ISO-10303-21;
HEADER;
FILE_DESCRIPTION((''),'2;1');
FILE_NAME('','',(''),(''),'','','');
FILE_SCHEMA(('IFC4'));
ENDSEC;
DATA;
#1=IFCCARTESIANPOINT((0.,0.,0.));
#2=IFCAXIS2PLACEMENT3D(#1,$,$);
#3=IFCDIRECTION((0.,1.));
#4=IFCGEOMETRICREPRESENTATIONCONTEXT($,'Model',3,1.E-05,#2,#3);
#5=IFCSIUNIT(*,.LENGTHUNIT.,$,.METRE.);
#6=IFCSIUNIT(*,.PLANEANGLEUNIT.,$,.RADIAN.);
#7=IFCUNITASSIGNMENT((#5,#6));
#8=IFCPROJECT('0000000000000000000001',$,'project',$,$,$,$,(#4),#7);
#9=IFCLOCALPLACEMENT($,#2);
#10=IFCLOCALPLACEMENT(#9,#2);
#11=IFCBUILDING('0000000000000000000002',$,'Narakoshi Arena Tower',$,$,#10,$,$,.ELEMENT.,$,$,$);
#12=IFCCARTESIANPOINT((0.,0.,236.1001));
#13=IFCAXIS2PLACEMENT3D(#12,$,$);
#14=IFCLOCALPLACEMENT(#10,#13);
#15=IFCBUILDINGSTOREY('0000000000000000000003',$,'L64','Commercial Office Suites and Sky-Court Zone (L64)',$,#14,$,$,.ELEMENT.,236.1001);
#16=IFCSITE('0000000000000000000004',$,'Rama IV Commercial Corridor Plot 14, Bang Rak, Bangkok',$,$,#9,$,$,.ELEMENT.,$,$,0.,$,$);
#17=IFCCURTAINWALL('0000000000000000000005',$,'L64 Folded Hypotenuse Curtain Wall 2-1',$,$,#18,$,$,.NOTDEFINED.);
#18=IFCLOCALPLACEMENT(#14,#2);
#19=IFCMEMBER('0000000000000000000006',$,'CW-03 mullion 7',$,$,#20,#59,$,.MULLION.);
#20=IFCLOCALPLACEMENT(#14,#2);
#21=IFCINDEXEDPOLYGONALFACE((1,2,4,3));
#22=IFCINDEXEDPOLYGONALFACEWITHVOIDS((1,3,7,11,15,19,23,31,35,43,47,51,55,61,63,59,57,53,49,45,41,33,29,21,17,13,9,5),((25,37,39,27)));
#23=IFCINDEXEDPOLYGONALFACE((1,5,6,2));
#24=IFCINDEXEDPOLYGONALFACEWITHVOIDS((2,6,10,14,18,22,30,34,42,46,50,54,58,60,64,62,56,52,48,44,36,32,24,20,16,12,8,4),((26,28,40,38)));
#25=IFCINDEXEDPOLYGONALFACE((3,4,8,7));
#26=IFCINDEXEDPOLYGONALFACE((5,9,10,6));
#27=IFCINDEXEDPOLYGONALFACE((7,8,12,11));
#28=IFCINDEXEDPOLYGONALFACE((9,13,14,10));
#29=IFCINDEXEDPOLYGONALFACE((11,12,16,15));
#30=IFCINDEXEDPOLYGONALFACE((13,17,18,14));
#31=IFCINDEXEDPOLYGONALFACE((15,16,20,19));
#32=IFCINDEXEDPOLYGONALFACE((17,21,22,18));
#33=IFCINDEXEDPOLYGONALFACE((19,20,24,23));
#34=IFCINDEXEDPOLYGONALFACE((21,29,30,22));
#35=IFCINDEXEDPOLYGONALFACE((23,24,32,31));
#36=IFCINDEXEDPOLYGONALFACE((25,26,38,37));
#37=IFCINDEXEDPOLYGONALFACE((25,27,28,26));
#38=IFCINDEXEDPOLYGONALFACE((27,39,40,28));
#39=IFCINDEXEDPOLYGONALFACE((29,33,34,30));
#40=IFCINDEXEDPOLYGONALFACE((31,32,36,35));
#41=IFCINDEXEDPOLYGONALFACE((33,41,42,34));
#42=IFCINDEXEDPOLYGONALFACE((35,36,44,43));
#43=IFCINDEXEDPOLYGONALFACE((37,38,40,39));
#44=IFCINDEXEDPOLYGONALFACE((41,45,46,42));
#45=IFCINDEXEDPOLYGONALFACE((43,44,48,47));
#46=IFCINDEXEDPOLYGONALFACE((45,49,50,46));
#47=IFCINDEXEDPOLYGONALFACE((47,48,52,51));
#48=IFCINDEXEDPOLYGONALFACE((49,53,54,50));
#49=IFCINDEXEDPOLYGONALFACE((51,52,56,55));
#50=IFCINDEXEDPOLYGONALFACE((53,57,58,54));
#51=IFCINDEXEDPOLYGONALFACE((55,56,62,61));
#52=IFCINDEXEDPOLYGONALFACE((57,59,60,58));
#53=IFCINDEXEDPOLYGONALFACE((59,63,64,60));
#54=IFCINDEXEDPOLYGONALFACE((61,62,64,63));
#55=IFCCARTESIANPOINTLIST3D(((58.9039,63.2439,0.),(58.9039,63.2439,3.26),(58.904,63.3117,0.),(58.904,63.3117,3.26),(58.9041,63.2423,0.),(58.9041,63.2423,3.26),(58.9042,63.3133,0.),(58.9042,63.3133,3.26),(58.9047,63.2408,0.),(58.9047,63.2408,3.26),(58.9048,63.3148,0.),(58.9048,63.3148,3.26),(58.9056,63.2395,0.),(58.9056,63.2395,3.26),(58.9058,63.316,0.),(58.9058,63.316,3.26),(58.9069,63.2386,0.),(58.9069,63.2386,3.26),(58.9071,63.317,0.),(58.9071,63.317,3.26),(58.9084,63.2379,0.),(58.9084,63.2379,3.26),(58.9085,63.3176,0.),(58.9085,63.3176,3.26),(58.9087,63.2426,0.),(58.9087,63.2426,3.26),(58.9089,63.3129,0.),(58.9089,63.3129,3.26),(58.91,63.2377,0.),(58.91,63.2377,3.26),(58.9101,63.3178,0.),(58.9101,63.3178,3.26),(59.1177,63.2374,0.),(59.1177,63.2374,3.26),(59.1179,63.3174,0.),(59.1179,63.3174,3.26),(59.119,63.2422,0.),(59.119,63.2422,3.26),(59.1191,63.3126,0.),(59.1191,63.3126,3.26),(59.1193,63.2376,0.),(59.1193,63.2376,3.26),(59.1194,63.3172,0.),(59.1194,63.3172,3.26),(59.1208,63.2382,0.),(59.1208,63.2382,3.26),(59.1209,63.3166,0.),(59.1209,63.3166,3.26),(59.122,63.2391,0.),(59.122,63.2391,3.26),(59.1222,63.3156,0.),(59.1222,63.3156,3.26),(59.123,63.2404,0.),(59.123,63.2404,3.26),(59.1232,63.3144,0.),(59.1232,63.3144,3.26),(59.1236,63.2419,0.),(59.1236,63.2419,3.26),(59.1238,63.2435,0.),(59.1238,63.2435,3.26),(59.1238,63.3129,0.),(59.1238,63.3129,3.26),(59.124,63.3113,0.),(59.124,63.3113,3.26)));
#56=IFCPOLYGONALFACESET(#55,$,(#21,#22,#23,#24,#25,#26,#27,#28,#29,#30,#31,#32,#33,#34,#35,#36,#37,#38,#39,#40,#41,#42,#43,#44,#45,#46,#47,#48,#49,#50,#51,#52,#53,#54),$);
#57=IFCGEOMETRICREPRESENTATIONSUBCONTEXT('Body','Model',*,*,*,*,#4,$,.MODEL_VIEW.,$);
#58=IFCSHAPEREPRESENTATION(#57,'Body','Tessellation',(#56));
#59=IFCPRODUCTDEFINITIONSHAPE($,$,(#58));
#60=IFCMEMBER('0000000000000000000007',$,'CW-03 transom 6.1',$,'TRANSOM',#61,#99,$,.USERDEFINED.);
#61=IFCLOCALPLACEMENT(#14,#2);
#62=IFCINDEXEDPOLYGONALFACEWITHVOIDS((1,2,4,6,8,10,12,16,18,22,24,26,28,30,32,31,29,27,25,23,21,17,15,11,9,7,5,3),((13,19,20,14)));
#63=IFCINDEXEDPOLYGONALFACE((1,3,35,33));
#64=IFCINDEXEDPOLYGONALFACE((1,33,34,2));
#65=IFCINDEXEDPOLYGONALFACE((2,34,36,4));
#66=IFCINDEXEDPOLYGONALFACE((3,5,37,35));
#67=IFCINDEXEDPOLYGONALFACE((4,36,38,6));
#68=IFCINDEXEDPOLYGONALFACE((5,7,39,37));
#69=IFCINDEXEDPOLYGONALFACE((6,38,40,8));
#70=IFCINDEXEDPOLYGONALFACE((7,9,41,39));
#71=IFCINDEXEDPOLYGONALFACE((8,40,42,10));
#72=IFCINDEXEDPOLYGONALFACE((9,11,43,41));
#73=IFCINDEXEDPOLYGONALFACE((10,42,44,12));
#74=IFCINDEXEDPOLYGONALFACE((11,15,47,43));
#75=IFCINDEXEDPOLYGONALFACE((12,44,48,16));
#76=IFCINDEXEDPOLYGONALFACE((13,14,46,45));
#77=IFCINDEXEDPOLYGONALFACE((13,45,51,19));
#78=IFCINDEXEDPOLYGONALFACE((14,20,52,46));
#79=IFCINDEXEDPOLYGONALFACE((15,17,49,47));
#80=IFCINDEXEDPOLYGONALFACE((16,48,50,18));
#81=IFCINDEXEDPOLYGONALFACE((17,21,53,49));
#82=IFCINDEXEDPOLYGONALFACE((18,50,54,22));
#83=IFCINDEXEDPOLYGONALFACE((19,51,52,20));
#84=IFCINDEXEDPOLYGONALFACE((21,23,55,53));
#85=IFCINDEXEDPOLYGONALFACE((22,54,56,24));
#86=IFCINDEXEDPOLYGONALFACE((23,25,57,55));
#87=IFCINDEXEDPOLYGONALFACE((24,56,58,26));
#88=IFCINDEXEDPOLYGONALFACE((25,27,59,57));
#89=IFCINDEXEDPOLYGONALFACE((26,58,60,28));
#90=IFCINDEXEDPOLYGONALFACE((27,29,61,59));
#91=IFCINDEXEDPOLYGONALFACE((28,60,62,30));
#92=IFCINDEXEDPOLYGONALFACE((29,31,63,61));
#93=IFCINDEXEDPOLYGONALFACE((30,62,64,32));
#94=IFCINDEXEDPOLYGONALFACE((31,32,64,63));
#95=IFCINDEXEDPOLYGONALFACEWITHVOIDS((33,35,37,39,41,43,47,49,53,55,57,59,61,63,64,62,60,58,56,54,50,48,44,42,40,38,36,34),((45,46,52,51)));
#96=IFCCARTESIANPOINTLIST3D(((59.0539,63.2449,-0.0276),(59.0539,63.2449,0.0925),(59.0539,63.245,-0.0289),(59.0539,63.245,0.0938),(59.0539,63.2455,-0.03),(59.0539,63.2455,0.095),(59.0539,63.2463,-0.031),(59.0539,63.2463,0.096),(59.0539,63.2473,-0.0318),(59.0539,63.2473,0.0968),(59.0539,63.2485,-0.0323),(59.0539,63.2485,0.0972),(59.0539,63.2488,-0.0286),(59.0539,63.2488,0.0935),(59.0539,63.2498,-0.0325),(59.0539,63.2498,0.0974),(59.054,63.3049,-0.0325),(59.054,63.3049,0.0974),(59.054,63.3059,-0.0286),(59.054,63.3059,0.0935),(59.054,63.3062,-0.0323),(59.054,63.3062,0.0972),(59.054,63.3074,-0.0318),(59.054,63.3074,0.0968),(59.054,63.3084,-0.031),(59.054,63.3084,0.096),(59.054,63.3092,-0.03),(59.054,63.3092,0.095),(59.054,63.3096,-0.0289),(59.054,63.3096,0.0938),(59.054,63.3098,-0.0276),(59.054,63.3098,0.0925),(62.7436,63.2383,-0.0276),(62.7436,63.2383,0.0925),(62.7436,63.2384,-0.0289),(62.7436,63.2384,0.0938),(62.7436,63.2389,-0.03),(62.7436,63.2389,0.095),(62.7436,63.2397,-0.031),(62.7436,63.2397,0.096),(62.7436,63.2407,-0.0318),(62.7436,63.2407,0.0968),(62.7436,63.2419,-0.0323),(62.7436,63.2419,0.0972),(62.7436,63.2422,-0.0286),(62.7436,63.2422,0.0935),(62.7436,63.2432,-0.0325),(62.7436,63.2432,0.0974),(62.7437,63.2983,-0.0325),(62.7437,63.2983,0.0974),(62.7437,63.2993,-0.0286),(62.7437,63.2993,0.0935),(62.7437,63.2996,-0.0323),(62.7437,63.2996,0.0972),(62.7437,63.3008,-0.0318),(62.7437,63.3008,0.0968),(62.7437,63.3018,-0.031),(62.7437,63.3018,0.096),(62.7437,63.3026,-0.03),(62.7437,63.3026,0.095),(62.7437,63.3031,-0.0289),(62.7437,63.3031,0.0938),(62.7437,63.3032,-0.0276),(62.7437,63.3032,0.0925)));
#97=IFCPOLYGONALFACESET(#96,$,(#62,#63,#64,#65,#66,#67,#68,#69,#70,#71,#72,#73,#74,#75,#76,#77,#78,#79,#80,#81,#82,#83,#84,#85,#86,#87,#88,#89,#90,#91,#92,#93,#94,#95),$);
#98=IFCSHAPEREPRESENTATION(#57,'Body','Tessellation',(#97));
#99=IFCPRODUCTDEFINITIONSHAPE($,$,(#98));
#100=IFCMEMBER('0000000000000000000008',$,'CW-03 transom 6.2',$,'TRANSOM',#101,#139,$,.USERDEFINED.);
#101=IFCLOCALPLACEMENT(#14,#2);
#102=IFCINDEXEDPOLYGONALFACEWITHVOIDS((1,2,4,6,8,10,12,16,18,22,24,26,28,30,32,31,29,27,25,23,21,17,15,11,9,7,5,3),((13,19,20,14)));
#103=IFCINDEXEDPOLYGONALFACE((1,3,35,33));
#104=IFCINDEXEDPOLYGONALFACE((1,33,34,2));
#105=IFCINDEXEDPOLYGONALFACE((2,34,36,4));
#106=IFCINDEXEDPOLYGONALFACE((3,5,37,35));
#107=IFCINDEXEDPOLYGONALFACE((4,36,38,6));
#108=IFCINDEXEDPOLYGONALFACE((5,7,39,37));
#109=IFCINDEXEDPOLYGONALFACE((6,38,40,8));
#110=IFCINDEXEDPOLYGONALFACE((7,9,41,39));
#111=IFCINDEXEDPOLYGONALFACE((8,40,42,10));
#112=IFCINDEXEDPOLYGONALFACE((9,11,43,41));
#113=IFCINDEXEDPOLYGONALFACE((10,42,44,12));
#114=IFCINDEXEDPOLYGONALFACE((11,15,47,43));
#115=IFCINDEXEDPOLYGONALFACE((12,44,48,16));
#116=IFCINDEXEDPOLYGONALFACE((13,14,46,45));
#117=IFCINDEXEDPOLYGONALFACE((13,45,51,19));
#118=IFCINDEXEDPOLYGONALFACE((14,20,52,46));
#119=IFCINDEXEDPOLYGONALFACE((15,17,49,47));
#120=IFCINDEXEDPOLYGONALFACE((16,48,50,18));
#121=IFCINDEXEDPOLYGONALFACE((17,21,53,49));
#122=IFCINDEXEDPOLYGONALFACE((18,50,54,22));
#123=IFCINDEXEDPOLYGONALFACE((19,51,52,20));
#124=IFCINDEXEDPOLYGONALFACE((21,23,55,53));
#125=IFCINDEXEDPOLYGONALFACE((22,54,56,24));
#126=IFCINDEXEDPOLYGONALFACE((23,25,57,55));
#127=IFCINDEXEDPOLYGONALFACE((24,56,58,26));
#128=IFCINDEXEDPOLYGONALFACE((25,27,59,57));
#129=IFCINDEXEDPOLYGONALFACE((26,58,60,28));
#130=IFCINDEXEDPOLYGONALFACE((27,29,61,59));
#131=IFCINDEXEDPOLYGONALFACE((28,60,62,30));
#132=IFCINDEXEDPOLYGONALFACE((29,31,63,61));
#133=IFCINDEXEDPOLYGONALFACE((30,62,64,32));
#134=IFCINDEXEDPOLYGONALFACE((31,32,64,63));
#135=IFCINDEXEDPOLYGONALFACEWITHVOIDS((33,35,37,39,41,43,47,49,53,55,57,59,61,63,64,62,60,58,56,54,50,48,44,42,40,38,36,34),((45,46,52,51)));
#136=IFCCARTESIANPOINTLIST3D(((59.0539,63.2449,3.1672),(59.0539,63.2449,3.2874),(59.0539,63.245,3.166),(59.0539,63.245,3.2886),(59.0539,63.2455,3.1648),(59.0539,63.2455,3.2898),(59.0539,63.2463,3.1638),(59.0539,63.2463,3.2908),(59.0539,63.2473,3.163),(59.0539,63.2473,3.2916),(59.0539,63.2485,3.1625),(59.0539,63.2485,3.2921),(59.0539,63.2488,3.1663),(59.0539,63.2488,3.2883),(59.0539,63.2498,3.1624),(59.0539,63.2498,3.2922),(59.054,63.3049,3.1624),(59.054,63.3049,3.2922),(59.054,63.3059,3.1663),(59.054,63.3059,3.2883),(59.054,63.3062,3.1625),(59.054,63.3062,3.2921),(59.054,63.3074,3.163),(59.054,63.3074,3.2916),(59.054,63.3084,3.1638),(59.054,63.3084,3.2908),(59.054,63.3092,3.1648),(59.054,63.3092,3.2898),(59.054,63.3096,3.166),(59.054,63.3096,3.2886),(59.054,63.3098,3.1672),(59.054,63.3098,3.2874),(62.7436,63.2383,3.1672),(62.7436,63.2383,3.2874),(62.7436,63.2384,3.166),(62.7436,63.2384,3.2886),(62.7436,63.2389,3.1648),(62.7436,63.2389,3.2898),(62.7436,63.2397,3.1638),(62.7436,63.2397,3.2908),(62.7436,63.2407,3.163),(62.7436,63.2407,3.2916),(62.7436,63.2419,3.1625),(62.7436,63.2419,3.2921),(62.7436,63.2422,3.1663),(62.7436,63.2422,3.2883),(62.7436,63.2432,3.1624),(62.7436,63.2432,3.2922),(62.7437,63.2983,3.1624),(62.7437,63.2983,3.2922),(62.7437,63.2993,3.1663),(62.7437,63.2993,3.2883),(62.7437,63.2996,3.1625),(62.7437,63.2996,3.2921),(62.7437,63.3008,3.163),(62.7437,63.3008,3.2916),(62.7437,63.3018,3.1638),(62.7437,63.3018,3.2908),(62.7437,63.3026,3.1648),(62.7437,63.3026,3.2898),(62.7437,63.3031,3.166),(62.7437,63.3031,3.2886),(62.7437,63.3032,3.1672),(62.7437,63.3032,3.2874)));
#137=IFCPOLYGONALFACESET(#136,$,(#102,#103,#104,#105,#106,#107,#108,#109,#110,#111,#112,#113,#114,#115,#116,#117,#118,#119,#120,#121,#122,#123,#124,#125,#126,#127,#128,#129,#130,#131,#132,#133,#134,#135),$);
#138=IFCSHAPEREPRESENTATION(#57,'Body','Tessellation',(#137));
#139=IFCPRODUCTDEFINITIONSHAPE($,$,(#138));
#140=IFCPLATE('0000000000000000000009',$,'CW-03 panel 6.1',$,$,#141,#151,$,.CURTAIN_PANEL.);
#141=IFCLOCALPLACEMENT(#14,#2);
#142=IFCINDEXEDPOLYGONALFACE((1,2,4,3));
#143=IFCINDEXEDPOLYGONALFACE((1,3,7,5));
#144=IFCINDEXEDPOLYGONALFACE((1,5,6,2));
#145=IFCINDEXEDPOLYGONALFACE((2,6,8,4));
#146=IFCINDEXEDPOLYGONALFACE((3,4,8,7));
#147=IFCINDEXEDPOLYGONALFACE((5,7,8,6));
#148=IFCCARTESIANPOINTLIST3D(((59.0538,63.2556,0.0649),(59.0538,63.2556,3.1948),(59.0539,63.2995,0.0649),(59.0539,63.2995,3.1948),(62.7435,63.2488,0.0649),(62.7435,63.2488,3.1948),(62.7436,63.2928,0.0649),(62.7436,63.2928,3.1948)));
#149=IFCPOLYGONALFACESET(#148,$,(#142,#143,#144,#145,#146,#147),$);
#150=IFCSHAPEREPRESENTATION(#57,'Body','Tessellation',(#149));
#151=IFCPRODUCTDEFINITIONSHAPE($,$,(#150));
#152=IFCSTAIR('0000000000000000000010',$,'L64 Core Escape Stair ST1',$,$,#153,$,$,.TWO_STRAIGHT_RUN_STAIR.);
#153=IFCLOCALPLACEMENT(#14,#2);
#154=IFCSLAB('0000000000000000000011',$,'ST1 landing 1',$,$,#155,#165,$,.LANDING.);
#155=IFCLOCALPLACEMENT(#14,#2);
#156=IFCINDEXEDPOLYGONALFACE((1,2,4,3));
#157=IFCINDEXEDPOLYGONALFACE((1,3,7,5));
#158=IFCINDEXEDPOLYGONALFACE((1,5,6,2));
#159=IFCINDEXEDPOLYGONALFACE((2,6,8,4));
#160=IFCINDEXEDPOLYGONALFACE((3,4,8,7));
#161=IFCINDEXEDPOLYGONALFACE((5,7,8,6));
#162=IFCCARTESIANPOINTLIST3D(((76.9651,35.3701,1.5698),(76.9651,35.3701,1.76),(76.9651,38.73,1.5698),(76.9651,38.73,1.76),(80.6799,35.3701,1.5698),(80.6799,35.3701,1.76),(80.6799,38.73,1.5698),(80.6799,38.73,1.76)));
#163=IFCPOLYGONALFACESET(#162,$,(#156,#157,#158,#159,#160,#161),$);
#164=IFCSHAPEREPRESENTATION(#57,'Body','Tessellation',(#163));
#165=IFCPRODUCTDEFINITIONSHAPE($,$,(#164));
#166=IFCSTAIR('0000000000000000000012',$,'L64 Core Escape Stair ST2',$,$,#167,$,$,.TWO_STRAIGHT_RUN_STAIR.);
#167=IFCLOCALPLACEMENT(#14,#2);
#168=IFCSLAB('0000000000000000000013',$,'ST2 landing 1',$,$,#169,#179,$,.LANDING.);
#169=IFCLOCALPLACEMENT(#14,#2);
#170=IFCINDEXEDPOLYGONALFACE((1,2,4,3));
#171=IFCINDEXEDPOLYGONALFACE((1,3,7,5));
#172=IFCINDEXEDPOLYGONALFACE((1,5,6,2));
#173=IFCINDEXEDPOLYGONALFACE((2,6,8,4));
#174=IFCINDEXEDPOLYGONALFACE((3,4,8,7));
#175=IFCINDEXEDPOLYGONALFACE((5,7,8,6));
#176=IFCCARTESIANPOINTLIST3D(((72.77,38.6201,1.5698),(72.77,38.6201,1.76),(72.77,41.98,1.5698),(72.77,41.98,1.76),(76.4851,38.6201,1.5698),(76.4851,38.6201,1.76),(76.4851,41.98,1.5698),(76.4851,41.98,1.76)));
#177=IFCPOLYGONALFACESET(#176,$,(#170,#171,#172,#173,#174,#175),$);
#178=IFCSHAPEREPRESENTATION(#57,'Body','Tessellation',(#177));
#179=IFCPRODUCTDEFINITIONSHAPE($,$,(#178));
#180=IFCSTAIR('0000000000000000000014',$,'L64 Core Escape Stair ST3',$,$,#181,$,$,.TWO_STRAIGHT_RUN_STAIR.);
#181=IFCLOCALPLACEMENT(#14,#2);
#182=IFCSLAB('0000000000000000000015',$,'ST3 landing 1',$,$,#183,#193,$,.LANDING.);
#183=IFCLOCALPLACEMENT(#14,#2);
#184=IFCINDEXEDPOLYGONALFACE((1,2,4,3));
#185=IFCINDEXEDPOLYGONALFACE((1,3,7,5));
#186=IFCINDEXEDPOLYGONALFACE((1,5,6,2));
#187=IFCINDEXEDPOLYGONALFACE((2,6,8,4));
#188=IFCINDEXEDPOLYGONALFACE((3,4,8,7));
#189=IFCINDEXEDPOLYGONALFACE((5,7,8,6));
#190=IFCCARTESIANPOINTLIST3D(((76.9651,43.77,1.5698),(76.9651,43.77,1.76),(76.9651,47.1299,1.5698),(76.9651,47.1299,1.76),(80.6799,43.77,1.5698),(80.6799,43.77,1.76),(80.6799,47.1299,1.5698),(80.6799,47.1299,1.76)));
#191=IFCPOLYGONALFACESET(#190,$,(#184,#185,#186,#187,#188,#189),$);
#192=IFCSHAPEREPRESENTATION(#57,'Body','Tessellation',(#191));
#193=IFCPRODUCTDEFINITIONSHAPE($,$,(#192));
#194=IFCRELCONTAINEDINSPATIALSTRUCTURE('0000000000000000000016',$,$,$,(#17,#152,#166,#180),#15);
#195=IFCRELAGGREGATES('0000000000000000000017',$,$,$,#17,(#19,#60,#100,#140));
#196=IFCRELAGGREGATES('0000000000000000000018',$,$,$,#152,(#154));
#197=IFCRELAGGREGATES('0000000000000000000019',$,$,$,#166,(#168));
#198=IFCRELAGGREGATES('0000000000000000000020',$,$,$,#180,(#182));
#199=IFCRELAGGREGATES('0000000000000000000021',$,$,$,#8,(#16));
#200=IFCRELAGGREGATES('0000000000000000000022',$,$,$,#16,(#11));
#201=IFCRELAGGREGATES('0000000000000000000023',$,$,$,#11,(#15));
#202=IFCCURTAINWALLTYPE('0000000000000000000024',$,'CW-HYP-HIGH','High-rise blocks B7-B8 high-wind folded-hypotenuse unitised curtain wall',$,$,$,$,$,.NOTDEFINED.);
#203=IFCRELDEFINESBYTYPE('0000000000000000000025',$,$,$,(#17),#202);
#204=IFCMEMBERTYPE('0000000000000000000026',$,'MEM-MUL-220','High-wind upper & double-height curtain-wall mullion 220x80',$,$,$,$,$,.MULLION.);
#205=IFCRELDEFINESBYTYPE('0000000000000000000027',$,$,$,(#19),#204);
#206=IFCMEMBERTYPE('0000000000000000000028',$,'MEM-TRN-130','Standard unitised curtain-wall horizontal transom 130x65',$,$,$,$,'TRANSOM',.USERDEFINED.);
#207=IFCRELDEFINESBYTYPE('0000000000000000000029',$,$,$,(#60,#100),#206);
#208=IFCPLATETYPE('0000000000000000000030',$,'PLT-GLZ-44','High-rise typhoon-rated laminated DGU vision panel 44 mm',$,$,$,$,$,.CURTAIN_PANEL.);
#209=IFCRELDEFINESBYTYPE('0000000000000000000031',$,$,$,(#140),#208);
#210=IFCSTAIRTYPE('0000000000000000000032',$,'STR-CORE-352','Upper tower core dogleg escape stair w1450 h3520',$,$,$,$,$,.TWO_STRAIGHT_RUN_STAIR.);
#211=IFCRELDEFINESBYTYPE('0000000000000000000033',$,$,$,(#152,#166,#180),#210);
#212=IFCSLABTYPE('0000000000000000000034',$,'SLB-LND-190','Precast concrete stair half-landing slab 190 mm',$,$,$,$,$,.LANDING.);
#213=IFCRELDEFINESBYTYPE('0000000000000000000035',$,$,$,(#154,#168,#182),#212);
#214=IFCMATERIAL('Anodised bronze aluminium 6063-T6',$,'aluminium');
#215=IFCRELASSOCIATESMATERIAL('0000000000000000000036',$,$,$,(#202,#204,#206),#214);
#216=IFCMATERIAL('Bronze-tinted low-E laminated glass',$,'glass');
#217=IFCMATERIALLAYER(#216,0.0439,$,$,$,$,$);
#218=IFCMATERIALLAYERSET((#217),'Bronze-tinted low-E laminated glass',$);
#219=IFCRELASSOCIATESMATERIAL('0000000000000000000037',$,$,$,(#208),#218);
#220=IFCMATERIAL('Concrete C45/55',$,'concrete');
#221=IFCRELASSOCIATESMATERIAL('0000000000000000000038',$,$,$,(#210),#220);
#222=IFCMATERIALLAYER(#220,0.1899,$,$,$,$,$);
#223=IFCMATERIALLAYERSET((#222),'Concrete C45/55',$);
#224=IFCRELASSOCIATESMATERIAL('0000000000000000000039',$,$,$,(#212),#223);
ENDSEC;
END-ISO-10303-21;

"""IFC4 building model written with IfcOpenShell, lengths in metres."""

from ifc_helpers import new_model, si_unit, direction, frame, origin, origin_2d, place, context, subcontext, project, spatial, polyline, rectangle, hollow_rectangle, outline, extrude, material, layer, layer_set, material_profile, profile_set, type_object, element, aggregate, save


model = new_model("IFC4")

# Units and contexts
model_context = context("Model", 3, precision=1e-05, world=origin(), true_north=direction((0.0, 1.0)))
body_context = subcontext(model_context, "Body", "Model", "MODEL_VIEW")
ifc_project = project(units=[si_unit("LENGTHUNIT", "METRE"), si_unit("PLANEANGLEUNIT", "RADIAN")], contexts=[model_context])

# Site, building, storey
site_placement = place(None, origin())
site = spatial("IfcSite", under=ifc_project, at=site_placement, Name="Rama IV Commercial Corridor Plot 14, Bang Rak, Bangkok", CompositionType="ELEMENT", RefElevation=0.0)
building_placement = place(site_placement, origin())
building = spatial("IfcBuilding", under=site, at=building_placement, Name="Narakoshi Arena Tower", CompositionType="ELEMENT")
storey_placement = place(building_placement, frame((0.0, 0.0, 236.1001)))
storey = spatial("IfcBuildingStorey", under=building, at=storey_placement, Name="L64", Description="Commercial Office Suites and Sky-Court Zone (L64)", CompositionType="ELEMENT", Elevation=236.1001)

# Curtain wall, members, plate
ifc_material_1 = material(Name="Anodised bronze aluminium 6063-T6", Category="aluminium")
curtain_wall_type = type_object("IfcCurtainWallType", Name="CW-HYP-HIGH", Description="High-rise blocks B7-B8 high-wind folded-hypotenuse unitised curtain wall", PredefinedType="NOTDEFINED", material=ifc_material_1)
curtain_wall_placement = place(storey_placement, origin())
curtain_wall = element("IfcCurtainWall", 1, at=curtain_wall_placement, inside=storey, type_object=curtain_wall_type, Name="L64 Folded Hypotenuse Curtain Wall 2-1", PredefinedType="NOTDEFINED")
ifc_material_profile_1 = material_profile(ifc_material_1, hollow_rectangle(XDim=0.0801, YDim=0.22, WallThickness=0.0049, OuterFilletRadius=0.0061, at=origin_2d()), Name="MUL220x80x5")
ifc_profile_set_1 = profile_set([ifc_material_profile_1], Name="Anodised bronze aluminium 6063-T6")
member_type_1 = type_object("IfcMemberType", Name="MEM-MUL-220", Description="High-wind upper & double-height curtain-wall mullion 220x80", PredefinedType="MULLION", material=ifc_profile_set_1)
member_1_placement = place(storey_placement, frame((59.0139, 63.2776, 0.0), z_axis=(0.0, 0.0, 1.0), x_axis=(-0.00182, -0.999998, 0.0)))
member_1 = element("IfcMember", 2, at=member_1_placement, type_object=member_type_1, Name="CW-03 mullion 7", PredefinedType="MULLION", context=body_context, shape_type="SweptSolid", body=[
    extrude(hollow_rectangle(XDim=0.0801, YDim=0.22, WallThickness=0.0049, OuterFilletRadius=0.0061, at=origin_2d()), origin(), (0.0, 0.0, 1.0), 3.26),
])
ifc_material_profile_2 = material_profile(ifc_material_1, hollow_rectangle(XDim=0.0649, YDim=0.1299, WallThickness=0.0039, OuterFilletRadius=0.0049, at=origin_2d()), Name="TRN130x65x4")
ifc_profile_set_2 = profile_set([ifc_material_profile_2], Name="Anodised bronze aluminium 6063-T6")
member_type_2 = type_object("IfcMemberType", Name="MEM-TRN-130", Description="Standard unitised curtain-wall horizontal transom 130x65", ElementType="TRANSOM", PredefinedType="USERDEFINED", material=ifc_profile_set_2)
member_2_placement = place(storey_placement, frame((62.7437, 63.2708, 0.0325), z_axis=(-0.999998, 0.001787, 0.0), x_axis=(-0.001787, -0.999998, 0.0)))
member_2 = element("IfcMember", 3, at=member_2_placement, type_object=member_type_2, Name="CW-03 transom 6.1", ObjectType="TRANSOM", PredefinedType="USERDEFINED", context=body_context, shape_type="SweptSolid", body=[
    extrude(hollow_rectangle(XDim=0.0649, YDim=0.1299, WallThickness=0.0039, OuterFilletRadius=0.0049, at=origin_2d()), origin(), (0.0, 0.0, 1.0), 3.6897),
])
member_3_placement = place(storey_placement, frame((62.7437, 63.2708, 3.2273), z_axis=(-0.999998, 0.001787, 0.0), x_axis=(-0.001787, -0.999998, 0.0)))
member_3 = element("IfcMember", 4, at=member_3_placement, type_object=member_type_2, Name="CW-03 transom 6.2", ObjectType="TRANSOM", PredefinedType="USERDEFINED", context=body_context, shape_type="SweptSolid", body=[
    extrude(hollow_rectangle(XDim=0.0649, YDim=0.1299, WallThickness=0.0039, OuterFilletRadius=0.0049, at=origin_2d()), origin(), (0.0, 0.0, 1.0), 3.6897),
])
ifc_material_2 = material(Name="Bronze-tinted low-E laminated glass", Category="glass")
ifc_layer_1 = layer(ifc_material_2, 0.0439)
ifc_layer_set_1 = layer_set([ifc_layer_1], Name="Bronze-tinted low-E laminated glass")
plate_type = type_object("IfcPlateType", Name="PLT-GLZ-44", Description="High-rise typhoon-rated laminated DGU vision panel 44 mm", PredefinedType="CURTAIN_PANEL", material=ifc_layer_set_1)
plate_placement = place(storey_placement, frame((60.8987, 63.2742, 0.0649), z_axis=(0.0, 0.0, 1.0), x_axis=(-0.999998, 0.00182, 0.0)))
plate = element("IfcPlate", 5, at=plate_placement, type_object=plate_type, Name="CW-03 panel 6.1", PredefinedType="CURTAIN_PANEL", context=body_context, shape_type="SweptSolid", body=[
    extrude(rectangle(XDim=3.6897, YDim=0.0439, at=origin_2d()), origin(), (0.0, 0.0, 1.0), 3.1299),
])
aggregate(curtain_wall, [member_1, member_2, member_3, plate])

# Stairs, slabs
ifc_material_3 = material(Name="Concrete C45/55", Category="concrete")
stair_type = type_object("IfcStairType", Name="STR-CORE-352", Description="Upper tower core dogleg escape stair w1450 h3520", PredefinedType="TWO_STRAIGHT_RUN_STAIR", material=ifc_material_3)
stair_1_placement = place(storey_placement, origin())
stair_1 = element("IfcStair", 6, at=stair_1_placement, inside=storey, type_object=stair_type, Name="L64 Core Escape Stair ST1", PredefinedType="TWO_STRAIGHT_RUN_STAIR")
ifc_layer_2 = layer(ifc_material_3, 0.1899)
ifc_layer_set_2 = layer_set([ifc_layer_2], Name="Concrete C45/55")
slab_type_1 = type_object("IfcSlabType", Name="SLB-LND-190", Description="Precast concrete stair half-landing slab 190 mm", PredefinedType="LANDING", material=ifc_layer_set_2)
slab_1_placement = place(storey_placement, frame((0.0, 0.0, 1.5698)))
slab_1 = element("IfcSlab", 7, at=slab_1_placement, type_object=slab_type_1, Name="ST1 landing 1", PredefinedType="LANDING", context=body_context, shape_type="SweptSolid", body=[
    extrude(outline(polyline([(76.9651, 35.3701), (80.6799, 35.3701), (80.6799, 38.73), (76.9651, 38.73), (76.9651, 35.3701)])), origin(), (0.0, 0.0, 1.0), 0.1902),
])
aggregate(stair_1, [slab_1])
stair_2_placement = place(storey_placement, origin())
stair_2 = element("IfcStair", 8, at=stair_2_placement, inside=storey, type_object=stair_type, Name="L64 Core Escape Stair ST2", PredefinedType="TWO_STRAIGHT_RUN_STAIR")
slab_2_placement = place(storey_placement, frame((0.0, 0.0, 1.5698)))
slab_2 = element("IfcSlab", 9, at=slab_2_placement, type_object=slab_type_1, Name="ST2 landing 1", PredefinedType="LANDING", context=body_context, shape_type="SweptSolid", body=[
    extrude(outline(polyline([(72.77, 38.6201), (76.4851, 38.6201), (76.4851, 41.98), (72.77, 41.98), (72.77, 38.6201)])), origin(), (0.0, 0.0, 1.0), 0.1902),
])
aggregate(stair_2, [slab_2])
stair_3_placement = place(storey_placement, origin())
stair_3 = element("IfcStair", 10, at=stair_3_placement, inside=storey, type_object=stair_type, Name="L64 Core Escape Stair ST3", PredefinedType="TWO_STRAIGHT_RUN_STAIR")
slab_3_placement = place(storey_placement, frame((0.0, 0.0, 1.5698)))
slab_3 = element("IfcSlab", 11, at=slab_3_placement, type_object=slab_type_1, Name="ST3 landing 1", PredefinedType="LANDING", context=body_context, shape_type="SweptSolid", body=[
    extrude(outline(polyline([(76.9651, 43.77), (80.6799, 43.77), (80.6799, 47.1299), (76.9651, 47.1299), (76.9651, 43.77)])), origin(), (0.0, 0.0, 1.0), 0.1902),
])
aggregate(stair_3, [slab_3])

save(model, "model.ifc")
